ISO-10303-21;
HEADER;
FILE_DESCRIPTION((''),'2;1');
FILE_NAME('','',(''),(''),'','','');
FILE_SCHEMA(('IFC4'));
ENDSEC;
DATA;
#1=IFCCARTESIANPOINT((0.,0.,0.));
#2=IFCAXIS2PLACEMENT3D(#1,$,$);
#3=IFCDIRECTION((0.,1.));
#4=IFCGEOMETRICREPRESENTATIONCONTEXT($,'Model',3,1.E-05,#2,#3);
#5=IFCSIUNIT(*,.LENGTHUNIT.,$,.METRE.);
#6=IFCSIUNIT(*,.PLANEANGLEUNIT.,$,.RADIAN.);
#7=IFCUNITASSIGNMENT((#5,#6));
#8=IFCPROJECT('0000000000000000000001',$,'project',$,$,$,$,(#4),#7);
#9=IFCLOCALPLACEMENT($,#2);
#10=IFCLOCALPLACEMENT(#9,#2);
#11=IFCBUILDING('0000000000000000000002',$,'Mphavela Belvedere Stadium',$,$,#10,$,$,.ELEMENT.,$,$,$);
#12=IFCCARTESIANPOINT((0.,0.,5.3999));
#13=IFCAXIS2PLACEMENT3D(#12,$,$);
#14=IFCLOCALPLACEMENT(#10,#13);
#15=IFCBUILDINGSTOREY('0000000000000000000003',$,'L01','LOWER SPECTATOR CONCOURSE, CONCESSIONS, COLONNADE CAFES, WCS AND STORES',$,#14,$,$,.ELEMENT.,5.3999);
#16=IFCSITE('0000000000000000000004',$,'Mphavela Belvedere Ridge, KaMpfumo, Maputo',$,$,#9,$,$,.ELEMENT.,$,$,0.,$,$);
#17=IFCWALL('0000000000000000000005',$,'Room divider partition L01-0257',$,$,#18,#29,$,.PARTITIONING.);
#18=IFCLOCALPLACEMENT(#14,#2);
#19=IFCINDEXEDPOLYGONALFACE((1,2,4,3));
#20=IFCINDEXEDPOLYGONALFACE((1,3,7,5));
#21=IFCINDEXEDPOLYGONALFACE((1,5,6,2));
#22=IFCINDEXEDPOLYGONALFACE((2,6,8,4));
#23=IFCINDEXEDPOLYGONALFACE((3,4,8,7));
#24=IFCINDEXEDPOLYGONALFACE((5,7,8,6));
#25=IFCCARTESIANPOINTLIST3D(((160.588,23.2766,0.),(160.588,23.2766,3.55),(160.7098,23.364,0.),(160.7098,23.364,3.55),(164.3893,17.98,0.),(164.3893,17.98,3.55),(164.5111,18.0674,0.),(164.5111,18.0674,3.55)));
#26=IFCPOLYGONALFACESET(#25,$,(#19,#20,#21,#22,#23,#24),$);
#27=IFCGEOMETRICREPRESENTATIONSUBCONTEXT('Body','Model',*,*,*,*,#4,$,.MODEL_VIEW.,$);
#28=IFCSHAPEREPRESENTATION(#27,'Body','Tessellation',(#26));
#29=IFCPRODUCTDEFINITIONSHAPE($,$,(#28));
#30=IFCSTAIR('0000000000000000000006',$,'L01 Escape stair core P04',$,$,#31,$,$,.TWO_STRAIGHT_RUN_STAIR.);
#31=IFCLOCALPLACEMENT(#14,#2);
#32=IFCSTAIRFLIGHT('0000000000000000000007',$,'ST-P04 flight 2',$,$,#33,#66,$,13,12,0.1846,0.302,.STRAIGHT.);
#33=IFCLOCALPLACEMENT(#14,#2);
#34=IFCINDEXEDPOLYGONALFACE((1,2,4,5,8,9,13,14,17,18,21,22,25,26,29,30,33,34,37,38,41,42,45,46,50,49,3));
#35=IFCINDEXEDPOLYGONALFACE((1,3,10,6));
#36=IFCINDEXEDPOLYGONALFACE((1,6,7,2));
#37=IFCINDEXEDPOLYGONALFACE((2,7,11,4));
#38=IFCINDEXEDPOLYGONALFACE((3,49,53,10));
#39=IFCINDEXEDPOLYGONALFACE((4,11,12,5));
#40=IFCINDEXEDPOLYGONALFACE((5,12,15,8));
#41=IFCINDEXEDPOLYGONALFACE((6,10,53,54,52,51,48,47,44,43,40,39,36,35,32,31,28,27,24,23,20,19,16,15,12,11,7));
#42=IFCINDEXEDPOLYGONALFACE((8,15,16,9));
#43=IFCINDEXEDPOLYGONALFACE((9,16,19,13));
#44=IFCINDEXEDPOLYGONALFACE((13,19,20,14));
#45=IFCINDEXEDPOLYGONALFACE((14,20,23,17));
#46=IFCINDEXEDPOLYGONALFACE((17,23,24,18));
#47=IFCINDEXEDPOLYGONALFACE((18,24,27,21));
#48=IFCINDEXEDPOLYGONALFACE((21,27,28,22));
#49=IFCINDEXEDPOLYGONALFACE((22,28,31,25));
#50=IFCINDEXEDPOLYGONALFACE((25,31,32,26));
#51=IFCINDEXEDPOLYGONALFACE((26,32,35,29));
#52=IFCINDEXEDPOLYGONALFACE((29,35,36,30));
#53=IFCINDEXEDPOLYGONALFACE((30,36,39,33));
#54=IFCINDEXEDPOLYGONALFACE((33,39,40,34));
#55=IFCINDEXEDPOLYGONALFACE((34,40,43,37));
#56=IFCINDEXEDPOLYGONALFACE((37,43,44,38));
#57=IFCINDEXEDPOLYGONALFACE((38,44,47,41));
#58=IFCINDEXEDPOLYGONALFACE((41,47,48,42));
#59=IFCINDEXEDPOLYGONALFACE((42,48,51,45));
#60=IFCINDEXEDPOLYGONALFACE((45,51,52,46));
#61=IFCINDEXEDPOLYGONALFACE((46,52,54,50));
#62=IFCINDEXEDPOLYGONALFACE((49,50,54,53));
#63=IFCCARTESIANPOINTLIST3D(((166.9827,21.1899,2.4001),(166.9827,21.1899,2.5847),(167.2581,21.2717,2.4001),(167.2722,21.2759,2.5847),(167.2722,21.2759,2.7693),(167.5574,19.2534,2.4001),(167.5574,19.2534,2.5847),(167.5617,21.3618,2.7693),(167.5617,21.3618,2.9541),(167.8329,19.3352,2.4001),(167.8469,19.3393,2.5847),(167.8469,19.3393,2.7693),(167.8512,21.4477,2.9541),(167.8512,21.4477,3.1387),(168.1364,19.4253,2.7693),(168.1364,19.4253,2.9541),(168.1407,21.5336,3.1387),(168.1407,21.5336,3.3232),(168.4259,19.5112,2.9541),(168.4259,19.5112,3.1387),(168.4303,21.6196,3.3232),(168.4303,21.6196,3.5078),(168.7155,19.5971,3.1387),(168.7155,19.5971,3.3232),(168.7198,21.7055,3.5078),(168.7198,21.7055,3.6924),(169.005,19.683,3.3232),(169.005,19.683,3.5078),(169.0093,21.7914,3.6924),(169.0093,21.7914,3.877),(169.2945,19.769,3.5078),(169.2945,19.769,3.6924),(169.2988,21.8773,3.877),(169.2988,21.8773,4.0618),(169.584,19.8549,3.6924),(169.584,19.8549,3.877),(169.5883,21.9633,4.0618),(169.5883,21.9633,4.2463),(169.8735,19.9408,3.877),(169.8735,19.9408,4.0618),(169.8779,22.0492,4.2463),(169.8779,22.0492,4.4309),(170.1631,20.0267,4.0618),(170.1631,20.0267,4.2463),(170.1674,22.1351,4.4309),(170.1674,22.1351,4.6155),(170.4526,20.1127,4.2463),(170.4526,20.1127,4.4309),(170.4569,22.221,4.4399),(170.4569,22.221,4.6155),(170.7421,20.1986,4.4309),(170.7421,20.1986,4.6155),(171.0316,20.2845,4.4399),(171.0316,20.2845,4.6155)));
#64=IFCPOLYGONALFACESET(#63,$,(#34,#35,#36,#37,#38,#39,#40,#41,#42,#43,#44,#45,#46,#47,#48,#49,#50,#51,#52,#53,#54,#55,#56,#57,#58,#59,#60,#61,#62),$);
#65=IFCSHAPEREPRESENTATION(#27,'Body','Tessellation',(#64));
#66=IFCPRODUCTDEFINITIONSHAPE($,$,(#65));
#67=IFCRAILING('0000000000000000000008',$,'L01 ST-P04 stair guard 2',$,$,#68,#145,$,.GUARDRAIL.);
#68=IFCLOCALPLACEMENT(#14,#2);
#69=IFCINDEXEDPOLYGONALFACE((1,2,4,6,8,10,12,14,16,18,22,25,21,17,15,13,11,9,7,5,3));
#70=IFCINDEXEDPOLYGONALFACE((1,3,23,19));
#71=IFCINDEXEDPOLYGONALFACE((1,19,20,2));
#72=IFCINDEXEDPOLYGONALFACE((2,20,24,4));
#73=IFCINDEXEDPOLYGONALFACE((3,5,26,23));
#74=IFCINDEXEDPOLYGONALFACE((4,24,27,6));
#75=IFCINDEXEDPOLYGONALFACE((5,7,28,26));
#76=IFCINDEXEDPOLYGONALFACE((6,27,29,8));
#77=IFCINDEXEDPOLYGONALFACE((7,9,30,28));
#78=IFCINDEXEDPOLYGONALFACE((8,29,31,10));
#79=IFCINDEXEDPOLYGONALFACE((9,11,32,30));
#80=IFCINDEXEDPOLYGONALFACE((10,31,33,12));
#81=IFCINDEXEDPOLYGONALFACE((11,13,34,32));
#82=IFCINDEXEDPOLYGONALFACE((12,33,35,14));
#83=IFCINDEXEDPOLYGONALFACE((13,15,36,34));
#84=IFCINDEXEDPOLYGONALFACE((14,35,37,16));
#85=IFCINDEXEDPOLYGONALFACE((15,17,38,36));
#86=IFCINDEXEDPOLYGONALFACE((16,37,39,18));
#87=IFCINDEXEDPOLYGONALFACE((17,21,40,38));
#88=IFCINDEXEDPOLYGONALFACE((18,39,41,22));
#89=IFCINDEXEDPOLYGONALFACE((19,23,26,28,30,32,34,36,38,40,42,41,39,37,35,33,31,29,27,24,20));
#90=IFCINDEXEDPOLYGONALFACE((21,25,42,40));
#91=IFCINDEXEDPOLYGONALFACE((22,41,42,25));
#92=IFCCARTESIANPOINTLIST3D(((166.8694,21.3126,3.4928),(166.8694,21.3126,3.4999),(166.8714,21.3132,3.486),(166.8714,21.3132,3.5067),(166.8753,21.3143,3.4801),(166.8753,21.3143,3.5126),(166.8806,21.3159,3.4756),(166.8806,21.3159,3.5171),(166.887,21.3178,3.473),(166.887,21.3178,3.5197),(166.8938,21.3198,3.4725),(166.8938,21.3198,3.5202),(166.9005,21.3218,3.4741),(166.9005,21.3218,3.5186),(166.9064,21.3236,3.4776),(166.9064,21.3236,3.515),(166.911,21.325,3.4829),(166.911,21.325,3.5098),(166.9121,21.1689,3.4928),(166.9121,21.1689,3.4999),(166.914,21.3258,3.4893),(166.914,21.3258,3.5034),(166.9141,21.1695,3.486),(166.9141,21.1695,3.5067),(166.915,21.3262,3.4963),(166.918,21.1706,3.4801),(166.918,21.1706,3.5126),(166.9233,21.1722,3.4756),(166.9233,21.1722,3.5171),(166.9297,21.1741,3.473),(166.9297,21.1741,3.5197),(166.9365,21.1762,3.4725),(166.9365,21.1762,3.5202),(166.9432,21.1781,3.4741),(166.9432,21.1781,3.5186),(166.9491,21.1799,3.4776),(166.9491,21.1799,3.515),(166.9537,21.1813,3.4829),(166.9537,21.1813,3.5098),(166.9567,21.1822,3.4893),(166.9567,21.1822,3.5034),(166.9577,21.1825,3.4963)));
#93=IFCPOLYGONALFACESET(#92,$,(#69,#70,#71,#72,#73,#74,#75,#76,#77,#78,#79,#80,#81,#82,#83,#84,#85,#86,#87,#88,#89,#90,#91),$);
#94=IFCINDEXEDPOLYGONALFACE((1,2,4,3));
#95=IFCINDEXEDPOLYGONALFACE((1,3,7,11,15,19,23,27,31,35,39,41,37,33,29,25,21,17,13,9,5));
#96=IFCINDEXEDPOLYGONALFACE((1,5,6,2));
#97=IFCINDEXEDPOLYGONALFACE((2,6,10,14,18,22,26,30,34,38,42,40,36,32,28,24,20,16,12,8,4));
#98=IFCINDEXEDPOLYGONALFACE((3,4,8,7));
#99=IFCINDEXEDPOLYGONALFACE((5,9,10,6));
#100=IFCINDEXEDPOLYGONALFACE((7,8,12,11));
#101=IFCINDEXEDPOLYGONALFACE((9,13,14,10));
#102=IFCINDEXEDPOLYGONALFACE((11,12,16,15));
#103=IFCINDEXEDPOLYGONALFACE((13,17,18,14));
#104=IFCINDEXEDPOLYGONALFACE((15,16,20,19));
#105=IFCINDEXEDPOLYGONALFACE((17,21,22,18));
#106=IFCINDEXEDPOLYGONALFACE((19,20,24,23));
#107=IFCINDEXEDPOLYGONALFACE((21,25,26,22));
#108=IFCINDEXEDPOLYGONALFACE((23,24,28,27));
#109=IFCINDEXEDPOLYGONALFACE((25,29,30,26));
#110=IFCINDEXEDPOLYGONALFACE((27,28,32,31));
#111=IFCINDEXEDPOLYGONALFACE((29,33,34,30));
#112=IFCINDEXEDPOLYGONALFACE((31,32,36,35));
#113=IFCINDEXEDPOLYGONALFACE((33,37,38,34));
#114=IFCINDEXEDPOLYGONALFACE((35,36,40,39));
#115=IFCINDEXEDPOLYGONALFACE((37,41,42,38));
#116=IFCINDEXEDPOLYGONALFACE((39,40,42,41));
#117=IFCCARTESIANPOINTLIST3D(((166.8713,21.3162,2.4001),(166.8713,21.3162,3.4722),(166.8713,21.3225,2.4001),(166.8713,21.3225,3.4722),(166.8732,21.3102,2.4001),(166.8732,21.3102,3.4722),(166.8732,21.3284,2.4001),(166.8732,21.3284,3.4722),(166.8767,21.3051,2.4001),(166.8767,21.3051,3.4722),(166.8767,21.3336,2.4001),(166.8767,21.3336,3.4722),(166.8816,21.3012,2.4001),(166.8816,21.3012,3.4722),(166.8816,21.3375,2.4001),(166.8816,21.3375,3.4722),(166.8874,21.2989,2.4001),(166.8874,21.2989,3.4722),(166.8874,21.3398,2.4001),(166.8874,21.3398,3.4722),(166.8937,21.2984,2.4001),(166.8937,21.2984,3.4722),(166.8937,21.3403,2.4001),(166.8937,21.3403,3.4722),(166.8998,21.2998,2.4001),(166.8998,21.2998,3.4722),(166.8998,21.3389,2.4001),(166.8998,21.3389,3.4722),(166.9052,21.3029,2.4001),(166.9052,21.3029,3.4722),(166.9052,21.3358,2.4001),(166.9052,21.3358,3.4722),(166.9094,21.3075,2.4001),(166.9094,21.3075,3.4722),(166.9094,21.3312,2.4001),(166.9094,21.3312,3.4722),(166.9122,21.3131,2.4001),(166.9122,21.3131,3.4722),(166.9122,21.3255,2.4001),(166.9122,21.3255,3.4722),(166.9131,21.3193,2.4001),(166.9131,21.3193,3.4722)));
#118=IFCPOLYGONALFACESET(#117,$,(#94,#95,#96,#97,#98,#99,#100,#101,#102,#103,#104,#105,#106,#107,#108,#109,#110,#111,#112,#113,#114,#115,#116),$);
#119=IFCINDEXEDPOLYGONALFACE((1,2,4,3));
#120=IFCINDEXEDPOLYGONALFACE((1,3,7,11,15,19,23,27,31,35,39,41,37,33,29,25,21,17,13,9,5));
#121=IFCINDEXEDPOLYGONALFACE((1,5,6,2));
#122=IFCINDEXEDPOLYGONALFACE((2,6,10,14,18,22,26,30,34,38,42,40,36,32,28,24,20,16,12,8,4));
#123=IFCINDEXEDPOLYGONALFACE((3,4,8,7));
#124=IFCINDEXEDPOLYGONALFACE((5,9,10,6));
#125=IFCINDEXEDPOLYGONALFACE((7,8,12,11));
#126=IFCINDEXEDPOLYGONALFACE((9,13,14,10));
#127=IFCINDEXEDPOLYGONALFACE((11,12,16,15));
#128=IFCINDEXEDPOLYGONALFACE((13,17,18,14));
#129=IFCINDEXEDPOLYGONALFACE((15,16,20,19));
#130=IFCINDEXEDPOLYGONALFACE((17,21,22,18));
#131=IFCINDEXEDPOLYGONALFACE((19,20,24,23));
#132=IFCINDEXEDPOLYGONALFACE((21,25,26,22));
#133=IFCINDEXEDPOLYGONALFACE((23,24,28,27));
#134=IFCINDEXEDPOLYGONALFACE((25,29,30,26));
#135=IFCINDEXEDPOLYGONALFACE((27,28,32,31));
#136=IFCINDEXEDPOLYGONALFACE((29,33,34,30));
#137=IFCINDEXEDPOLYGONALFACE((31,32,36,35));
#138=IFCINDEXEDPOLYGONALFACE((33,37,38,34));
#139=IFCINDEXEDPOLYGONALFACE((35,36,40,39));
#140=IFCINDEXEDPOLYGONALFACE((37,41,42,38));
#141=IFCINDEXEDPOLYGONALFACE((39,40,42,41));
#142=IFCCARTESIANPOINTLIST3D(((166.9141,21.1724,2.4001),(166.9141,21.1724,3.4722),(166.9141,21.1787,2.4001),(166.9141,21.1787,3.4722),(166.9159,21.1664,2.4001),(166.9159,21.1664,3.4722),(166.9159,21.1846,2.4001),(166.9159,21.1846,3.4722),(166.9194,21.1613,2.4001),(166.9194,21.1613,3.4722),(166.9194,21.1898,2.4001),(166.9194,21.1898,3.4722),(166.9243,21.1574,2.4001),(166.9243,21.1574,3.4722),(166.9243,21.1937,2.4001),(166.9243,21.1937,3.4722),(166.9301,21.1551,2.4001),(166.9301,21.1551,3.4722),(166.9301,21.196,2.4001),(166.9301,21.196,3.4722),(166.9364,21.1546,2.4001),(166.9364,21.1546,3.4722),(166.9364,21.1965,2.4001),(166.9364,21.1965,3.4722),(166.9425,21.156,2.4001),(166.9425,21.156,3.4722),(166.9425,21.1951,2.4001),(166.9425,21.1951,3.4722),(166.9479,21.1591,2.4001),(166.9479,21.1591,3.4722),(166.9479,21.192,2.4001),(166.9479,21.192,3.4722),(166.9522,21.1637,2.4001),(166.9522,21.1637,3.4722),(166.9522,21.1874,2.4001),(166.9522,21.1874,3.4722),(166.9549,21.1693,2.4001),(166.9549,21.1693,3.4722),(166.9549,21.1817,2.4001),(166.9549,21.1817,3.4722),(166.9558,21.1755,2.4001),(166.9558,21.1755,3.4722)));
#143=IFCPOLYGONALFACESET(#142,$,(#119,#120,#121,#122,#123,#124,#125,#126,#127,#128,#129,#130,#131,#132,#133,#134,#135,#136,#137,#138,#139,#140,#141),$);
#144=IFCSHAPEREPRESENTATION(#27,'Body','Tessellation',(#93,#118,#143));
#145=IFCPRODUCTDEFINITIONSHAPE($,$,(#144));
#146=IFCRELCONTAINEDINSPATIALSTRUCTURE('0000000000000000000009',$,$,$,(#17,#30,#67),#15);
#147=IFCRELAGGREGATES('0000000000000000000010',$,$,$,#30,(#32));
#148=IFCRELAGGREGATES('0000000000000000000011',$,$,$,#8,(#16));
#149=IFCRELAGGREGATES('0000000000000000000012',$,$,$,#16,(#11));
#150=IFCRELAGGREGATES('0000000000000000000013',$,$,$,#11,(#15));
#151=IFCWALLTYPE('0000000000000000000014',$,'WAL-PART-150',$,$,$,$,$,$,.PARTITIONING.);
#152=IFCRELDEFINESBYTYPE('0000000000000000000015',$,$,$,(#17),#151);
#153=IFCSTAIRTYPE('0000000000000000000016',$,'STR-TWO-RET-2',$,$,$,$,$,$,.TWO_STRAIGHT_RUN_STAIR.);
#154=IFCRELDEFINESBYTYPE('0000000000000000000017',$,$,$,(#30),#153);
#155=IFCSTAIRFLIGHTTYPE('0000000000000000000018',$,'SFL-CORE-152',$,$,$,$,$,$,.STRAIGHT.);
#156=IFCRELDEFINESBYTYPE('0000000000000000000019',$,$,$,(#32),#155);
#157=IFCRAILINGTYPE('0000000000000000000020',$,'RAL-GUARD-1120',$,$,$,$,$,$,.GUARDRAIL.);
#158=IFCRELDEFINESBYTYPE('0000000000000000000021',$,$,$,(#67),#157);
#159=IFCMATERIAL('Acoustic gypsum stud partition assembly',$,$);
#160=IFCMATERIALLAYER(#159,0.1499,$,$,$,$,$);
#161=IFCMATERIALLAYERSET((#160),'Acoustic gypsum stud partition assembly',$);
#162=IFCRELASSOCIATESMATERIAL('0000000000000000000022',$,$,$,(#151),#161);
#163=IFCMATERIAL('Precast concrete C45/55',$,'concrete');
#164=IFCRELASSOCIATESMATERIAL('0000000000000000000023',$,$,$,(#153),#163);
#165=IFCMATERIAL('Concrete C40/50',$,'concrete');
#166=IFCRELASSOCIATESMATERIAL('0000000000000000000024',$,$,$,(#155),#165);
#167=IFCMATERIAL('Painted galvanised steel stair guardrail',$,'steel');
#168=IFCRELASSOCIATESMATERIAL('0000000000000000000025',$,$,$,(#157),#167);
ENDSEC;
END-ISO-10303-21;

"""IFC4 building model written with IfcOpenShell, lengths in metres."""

from ifc_helpers import new_model, si_unit, direction, frame, frame_2d, origin, origin_2d, place, context, subcontext, project, spatial, polyline, rectangle, circle, outline, extrude, material, layer, layer_set, type_object, element, aggregate, save


model = new_model("IFC4")

# Units and contexts
model_context = context("Model", 3, precision=1e-05, world=origin(), true_north=direction((0.0, 1.0)))
body_context = subcontext(model_context, "Body", "Model", "MODEL_VIEW")
ifc_project = project(units=[si_unit("LENGTHUNIT", "METRE"), si_unit("PLANEANGLEUNIT", "RADIAN")], contexts=[model_context])

# Site, building, storey
site_placement = place(None, origin())
site = spatial("IfcSite", under=ifc_project, at=site_placement, Name="Mphavela Belvedere Ridge, KaMpfumo, Maputo", CompositionType="ELEMENT", RefElevation=0.0)
building_placement = place(site_placement, origin())
building = spatial("IfcBuilding", under=site, at=building_placement, Name="Mphavela Belvedere Stadium", CompositionType="ELEMENT")
storey_placement = place(building_placement, frame((0.0, 0.0, 5.3999)))
storey = spatial("IfcBuildingStorey", under=building, at=storey_placement, Name="L01", Description="LOWER SPECTATOR CONCOURSE, CONCESSIONS, COLONNADE CAFES, WCS AND STORES", CompositionType="ELEMENT", Elevation=5.3999)

# Wall
ifc_material_1 = material(Name="Acoustic gypsum stud partition assembly")
ifc_layer_1 = layer(ifc_material_1, 0.1499)
ifc_layer_set_1 = layer_set([ifc_layer_1], Name="Acoustic gypsum stud partition assembly")
wall_type_1 = type_object("IfcWallType", Name="WAL-PART-150", PredefinedType="PARTITIONING", material=ifc_layer_set_1)
wall_1_placement = place(storey_placement, frame((160.6489, 23.3203, 0.0), z_axis=(0.0, 0.0, 1.0), x_axis=(0.583061, -0.812428, 0.0)))
element("IfcWall", 1, at=wall_1_placement, inside=storey, type_object=wall_type_1, Name="Room divider partition L01-0257", PredefinedType="PARTITIONING", context=body_context, shape_type="SweptSolid", body=[
    extrude(rectangle(XDim=6.5195, YDim=0.1499, at=frame_2d((3.2598, 0.0))), origin(), (0.0, 0.0, 1.0), 3.55),
])

# Stair, stair flight
ifc_material_2 = material(Name="Precast concrete C45/55", Category="concrete")
stair_type = type_object("IfcStairType", Name="STR-TWO-RET-2", PredefinedType="TWO_STRAIGHT_RUN_STAIR", material=ifc_material_2)
stair_placement = place(storey_placement, origin())
stair = element("IfcStair", 2, at=stair_placement, inside=storey, type_object=stair_type, Name="L01 Escape stair core P04", PredefinedType="TWO_STRAIGHT_RUN_STAIR")
ifc_material_3 = material(Name="Concrete C40/50", Category="concrete")
stair_flight_type = type_object("IfcStairFlightType", Name="SFL-CORE-152", PredefinedType="STRAIGHT", material=ifc_material_3)
stair_flight_placement = place(storey_placement, frame((167.27, 20.2217, 2.4001), z_axis=(0.0, 0.0, 1.0), x_axis=(0.958671, 0.284517, 0.0)))
stair_flight = element("IfcStairFlight", 3, at=stair_flight_placement, type_object=stair_flight_type, Name="ST-P04 flight 2", NumberOfRisers=13, NumberOfTreads=12, PredefinedType="STRAIGHT", RiserHeight=0.1846, TreadLength=0.302, context=body_context, shape_type="SweptSolid", body=[
    extrude(outline(polyline([(0.0, 0.0), (0.0, 0.1846), (0.302, 0.1846), (0.302, 0.3691), (0.604, 0.3691), (0.604, 0.554), (0.906, 0.554), (0.906, 0.7385), (1.208, 0.7385), (1.208, 0.9231), (1.51, 0.9231), (1.51, 1.1077), (1.812, 1.1077), (1.812, 1.2922), (2.114, 1.2922), (2.114, 1.4768), (2.416, 1.4768), (2.416, 1.6616), (2.718, 1.6616), (2.718, 1.8462), (3.02, 1.8462), (3.02, 2.0308), (3.322, 2.0308), (3.322, 2.2153), (3.624, 2.2153), (3.624, 2.3999), (3.624, 2.0398), (0.2874, 0.0), (0.0, 0.0)])), frame((0.0, 1.01, 0.0), z_axis=(0.0, -1.0, 0.0), x_axis=(1.0, 0.0, 0.0)), (0.0, 0.0, 1.0), 2.02),
])
aggregate(stair, [stair_flight])

# Railing
ifc_material_4 = material(Name="Painted galvanised steel stair guardrail", Category="steel")
railing_type_1 = type_object("IfcRailingType", Name="RAL-GUARD-1120", PredefinedType="GUARDRAIL", material=ifc_material_4)
railing_1_placement = place(storey_placement, frame((166.8921, 21.3193, 2.4001)))
element("IfcRailing", 4, at=railing_1_placement, inside=storey, type_object=railing_type_1, Name="L01 ST-P04 stair guard 2", PredefinedType="GUARDRAIL", context=body_context, shape_type="SweptSolid", body=[
    extrude(circle(Radius=0.0239, at=origin_2d()), frame((0.0, 0.0, 1.0962), z_axis=(0.284809, -0.958584, 0.0), x_axis=(0.958584, 0.284809, 0.0)), (0.0, 0.0, 1.0), 0.1499),
    extrude(circle(Radius=0.021, at=origin_2d()), origin(), (0.0, 0.0, 1.0), 1.072),
    extrude(circle(Radius=0.021, at=origin_2d()), frame((0.0427, -0.1438, 0.0)), (0.0, 0.0, 1.0), 1.072),
])

save(model, "model.ifc")
